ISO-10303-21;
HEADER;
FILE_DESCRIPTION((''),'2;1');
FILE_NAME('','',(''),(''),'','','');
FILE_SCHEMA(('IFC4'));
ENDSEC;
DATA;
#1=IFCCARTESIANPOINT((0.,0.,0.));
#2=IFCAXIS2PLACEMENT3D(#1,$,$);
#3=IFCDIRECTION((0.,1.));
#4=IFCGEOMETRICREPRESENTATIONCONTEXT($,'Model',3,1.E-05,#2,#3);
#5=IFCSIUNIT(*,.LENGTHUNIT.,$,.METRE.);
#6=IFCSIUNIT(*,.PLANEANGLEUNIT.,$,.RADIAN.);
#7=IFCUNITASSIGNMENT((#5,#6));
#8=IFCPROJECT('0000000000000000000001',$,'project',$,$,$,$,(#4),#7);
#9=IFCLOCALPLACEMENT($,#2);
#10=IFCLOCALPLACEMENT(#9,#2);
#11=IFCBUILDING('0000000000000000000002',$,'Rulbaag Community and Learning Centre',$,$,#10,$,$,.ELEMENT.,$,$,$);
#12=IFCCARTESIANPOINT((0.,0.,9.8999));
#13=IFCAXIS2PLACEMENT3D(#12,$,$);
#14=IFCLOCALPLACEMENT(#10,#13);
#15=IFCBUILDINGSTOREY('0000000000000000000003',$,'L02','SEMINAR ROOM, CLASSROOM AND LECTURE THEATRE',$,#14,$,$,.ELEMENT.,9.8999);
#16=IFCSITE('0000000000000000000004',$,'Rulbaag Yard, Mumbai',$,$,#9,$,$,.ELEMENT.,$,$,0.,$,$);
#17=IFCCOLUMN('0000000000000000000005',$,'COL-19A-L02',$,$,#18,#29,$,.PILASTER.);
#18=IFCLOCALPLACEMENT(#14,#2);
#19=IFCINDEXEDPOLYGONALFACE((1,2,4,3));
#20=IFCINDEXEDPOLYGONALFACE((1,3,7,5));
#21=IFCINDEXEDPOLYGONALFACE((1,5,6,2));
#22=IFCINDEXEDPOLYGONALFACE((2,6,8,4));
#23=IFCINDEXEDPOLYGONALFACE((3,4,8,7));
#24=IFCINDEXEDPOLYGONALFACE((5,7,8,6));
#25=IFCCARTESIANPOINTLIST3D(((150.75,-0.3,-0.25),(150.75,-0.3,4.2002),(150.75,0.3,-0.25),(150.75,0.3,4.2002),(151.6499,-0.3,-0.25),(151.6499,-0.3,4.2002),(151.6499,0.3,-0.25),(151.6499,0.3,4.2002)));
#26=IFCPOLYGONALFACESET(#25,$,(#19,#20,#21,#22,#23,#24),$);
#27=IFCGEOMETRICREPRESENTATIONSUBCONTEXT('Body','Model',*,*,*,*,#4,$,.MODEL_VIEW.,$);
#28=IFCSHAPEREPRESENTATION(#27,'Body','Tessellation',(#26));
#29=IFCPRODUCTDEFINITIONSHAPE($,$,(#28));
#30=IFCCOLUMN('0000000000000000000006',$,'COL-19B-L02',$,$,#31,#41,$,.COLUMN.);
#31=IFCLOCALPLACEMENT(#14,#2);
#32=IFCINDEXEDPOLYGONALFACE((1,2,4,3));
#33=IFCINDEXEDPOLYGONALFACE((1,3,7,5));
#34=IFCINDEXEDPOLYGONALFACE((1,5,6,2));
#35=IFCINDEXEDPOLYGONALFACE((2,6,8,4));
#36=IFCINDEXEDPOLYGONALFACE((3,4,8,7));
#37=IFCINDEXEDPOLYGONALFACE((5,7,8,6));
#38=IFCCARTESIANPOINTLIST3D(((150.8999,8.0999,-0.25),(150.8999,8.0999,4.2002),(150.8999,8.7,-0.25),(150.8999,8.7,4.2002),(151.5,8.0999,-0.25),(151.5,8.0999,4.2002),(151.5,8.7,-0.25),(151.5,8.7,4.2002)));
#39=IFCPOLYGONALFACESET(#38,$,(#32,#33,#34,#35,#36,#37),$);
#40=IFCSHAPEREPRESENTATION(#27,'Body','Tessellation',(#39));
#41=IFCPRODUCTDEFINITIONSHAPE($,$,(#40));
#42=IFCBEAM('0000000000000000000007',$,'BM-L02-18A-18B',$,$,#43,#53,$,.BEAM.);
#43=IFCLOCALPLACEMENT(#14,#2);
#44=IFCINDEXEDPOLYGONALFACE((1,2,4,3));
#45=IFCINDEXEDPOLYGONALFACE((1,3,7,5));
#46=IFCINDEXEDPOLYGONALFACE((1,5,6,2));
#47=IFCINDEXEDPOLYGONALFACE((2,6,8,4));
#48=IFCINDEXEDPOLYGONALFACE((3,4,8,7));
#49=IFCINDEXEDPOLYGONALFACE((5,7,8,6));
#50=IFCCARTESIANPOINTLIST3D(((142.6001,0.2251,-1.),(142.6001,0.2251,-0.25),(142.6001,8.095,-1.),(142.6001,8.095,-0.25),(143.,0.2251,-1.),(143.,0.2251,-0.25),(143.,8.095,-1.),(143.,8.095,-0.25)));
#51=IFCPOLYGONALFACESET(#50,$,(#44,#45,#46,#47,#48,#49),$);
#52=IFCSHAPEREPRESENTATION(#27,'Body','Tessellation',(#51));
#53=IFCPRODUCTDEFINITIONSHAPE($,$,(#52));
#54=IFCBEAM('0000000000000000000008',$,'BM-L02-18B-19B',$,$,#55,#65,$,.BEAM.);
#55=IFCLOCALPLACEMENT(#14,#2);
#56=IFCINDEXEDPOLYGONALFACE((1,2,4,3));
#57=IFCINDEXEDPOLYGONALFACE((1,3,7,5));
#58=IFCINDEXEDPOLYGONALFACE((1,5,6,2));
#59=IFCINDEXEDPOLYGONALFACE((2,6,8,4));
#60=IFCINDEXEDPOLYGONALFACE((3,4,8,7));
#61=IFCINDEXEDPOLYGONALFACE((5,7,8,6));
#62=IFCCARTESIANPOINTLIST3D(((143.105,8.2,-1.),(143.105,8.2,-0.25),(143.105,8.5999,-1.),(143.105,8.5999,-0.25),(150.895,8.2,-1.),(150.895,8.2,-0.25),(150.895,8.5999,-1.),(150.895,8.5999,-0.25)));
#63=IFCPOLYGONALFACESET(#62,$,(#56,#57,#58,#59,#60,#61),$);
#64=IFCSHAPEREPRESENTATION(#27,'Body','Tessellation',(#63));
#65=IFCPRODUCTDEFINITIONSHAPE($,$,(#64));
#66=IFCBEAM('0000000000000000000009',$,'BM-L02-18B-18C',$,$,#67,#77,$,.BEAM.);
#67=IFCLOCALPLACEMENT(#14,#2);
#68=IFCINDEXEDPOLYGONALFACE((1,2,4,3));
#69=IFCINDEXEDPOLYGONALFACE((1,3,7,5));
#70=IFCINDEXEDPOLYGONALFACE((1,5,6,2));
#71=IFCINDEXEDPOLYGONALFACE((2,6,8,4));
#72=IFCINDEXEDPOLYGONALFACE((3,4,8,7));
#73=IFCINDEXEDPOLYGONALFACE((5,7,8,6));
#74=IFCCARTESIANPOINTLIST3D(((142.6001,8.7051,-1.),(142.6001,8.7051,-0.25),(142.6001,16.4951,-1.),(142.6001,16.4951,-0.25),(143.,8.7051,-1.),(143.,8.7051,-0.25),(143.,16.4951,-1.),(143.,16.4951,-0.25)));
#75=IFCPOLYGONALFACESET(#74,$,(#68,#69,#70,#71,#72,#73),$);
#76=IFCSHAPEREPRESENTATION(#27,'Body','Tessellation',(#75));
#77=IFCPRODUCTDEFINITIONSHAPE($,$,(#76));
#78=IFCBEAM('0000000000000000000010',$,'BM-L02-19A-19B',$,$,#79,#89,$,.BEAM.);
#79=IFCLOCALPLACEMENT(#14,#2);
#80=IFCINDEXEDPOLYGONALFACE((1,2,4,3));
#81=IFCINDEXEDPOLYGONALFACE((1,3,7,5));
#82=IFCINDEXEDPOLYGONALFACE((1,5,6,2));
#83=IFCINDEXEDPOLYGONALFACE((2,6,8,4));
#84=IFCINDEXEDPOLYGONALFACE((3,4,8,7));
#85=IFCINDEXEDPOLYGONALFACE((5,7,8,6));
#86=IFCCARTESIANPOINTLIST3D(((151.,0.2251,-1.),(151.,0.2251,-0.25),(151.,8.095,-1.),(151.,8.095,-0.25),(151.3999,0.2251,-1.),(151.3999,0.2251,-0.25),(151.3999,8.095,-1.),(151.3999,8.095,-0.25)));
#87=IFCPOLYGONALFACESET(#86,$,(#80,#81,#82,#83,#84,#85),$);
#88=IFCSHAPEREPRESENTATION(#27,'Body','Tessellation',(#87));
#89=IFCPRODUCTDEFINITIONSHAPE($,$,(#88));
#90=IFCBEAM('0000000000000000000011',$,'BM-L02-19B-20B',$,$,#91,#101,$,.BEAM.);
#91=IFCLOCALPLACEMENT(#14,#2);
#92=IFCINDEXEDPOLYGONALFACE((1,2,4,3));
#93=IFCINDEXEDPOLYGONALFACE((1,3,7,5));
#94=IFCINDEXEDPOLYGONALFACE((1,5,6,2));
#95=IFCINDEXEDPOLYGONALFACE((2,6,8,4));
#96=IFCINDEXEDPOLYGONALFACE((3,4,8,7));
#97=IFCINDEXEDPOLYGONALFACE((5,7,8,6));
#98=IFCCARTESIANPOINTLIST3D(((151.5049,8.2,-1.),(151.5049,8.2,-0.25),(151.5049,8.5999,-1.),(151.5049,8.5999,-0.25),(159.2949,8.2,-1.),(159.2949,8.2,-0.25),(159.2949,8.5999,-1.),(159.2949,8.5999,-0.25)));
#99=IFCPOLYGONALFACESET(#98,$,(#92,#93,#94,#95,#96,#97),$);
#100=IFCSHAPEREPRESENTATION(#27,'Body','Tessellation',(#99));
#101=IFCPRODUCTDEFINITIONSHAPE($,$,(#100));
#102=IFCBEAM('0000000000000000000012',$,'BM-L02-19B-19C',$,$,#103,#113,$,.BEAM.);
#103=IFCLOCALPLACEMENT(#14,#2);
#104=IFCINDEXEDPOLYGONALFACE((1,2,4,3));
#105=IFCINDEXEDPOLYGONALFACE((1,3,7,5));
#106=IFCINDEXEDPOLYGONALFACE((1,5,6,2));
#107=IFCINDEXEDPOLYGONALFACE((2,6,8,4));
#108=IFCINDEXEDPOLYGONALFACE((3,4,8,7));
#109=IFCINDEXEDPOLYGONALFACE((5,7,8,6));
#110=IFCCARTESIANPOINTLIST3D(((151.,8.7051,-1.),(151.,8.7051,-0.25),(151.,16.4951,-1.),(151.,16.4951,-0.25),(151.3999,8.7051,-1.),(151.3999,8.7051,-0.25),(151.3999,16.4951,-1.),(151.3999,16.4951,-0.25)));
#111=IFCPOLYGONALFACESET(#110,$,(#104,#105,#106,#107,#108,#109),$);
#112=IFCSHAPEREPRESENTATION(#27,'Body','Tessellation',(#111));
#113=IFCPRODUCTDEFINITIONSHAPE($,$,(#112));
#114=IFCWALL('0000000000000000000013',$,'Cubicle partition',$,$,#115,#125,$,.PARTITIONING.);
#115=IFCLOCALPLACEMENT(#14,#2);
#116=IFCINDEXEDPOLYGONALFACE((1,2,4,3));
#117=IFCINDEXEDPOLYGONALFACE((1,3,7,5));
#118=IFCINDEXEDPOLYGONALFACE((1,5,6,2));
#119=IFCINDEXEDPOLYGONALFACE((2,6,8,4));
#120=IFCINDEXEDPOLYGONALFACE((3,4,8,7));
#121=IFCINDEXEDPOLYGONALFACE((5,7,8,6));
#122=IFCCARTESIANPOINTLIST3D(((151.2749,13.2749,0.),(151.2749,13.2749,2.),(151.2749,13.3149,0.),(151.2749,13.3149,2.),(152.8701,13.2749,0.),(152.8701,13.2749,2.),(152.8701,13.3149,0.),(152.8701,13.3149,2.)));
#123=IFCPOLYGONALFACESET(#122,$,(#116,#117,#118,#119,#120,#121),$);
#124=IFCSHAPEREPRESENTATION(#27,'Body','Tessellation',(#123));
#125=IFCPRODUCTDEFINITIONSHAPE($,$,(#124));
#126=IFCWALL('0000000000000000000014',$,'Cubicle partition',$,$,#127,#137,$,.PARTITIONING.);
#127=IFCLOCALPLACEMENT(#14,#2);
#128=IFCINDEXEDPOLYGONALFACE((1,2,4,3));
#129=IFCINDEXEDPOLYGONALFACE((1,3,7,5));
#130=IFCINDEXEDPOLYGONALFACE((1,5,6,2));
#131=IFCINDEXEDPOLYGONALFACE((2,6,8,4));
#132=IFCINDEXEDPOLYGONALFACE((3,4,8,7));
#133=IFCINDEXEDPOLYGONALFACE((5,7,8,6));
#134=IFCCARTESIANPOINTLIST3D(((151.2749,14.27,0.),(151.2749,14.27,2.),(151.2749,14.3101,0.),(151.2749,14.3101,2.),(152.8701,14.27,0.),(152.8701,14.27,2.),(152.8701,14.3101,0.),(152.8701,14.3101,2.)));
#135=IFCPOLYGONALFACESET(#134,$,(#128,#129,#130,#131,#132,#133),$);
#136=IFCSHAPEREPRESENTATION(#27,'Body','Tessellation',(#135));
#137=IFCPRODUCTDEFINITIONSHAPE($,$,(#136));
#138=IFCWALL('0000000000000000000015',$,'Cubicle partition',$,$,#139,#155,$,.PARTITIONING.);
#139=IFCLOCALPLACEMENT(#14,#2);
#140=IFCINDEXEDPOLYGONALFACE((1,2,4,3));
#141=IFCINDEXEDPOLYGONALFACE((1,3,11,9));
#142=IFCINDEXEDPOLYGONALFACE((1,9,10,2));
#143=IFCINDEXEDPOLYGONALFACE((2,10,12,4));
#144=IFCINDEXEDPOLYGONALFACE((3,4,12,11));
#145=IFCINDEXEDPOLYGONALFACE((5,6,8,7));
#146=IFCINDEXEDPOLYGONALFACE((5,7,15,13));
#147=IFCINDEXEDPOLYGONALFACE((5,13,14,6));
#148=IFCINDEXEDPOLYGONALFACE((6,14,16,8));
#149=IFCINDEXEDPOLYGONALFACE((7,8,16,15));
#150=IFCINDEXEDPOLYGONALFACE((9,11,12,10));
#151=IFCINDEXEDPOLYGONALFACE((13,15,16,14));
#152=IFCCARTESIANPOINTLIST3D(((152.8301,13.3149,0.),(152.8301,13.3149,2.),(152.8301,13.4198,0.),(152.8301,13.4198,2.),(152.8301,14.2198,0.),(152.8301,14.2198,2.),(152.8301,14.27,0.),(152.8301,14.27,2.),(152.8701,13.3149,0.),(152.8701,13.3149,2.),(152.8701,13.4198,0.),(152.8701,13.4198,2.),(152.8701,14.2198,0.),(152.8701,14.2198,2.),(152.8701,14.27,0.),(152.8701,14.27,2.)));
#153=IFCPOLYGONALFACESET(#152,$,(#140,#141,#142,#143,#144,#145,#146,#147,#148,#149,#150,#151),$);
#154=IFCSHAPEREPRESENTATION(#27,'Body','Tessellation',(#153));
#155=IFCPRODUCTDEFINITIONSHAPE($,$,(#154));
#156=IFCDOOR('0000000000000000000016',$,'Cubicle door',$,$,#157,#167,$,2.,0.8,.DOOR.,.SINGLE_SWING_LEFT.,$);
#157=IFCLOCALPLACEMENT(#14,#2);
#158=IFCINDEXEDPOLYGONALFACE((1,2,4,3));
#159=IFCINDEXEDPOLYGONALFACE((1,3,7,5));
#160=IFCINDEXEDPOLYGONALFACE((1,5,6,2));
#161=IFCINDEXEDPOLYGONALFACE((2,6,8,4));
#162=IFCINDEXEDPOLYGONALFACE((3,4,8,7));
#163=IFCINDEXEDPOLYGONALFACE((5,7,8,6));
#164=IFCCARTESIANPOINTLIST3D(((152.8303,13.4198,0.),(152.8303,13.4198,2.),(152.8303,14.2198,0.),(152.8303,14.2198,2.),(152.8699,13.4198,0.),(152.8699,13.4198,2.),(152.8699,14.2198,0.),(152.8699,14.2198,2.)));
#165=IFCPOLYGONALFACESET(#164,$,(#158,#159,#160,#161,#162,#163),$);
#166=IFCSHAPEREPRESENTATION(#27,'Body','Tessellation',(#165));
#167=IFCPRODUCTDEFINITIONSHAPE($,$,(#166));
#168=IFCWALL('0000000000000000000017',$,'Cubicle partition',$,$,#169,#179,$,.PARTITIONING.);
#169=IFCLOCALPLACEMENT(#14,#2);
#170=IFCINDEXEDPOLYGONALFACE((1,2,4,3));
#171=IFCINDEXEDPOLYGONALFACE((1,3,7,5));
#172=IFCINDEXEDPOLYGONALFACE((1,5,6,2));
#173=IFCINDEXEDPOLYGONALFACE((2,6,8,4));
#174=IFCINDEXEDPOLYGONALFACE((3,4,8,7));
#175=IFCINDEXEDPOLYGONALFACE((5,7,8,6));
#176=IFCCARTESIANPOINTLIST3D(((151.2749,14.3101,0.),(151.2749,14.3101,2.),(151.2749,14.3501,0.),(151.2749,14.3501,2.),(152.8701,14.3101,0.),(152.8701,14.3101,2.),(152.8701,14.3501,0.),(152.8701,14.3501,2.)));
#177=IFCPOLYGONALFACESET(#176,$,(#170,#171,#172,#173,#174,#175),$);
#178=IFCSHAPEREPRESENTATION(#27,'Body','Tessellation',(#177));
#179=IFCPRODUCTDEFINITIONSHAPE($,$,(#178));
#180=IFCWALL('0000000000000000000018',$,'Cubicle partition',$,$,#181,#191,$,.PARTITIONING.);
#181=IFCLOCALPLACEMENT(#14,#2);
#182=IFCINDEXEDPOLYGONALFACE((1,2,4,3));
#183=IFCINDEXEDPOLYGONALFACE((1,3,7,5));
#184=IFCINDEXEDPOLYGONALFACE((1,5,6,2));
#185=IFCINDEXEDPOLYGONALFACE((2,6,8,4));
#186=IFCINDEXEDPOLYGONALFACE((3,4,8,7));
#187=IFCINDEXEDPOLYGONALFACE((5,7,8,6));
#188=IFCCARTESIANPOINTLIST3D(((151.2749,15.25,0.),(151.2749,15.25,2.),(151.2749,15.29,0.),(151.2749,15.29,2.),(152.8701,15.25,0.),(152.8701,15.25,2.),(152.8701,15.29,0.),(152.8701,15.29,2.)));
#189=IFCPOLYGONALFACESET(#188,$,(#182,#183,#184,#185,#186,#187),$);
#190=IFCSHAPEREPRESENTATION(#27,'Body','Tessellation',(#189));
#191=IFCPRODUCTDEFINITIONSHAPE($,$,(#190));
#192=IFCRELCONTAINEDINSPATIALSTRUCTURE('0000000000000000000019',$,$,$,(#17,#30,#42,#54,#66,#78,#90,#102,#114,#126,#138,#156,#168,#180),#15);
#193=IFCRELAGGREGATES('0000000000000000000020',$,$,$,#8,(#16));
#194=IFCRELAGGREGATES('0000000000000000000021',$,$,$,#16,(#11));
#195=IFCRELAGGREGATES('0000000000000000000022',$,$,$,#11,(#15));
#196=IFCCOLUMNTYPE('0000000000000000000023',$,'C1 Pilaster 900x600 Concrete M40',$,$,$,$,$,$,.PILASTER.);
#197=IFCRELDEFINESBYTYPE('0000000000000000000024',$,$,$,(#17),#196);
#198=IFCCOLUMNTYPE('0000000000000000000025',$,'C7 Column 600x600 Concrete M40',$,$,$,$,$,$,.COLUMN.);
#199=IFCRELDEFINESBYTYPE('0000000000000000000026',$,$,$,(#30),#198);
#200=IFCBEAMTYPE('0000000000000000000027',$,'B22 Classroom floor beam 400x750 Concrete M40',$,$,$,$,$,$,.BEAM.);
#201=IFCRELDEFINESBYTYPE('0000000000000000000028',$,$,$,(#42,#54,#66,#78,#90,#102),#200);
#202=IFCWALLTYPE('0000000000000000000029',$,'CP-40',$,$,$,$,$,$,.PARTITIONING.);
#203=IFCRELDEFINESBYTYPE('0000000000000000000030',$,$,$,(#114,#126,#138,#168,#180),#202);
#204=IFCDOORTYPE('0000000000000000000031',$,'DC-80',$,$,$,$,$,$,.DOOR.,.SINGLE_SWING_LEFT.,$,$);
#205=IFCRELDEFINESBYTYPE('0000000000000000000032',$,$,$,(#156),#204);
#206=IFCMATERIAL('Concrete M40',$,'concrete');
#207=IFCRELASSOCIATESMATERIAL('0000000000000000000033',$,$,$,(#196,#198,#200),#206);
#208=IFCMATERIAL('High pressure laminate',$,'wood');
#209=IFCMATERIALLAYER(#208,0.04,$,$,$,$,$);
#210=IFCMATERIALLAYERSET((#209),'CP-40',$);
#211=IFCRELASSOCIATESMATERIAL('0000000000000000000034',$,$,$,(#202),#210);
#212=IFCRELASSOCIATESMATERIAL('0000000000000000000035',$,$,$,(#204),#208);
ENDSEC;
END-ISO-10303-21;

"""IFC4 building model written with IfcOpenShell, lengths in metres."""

from ifc_helpers import new_model, si_unit, direction, frame, frame_2d, origin, origin_2d, place, context, subcontext, project, spatial, rectangle, extrude, material, layer, layer_set, material_profile, profile_set, type_object, element, fill, save


model = new_model("IFC4")

# Units and contexts
model_context = context("Model", 3, precision=1e-05, world=origin(), true_north=direction((0.0, 1.0)))
body_context = subcontext(model_context, "Body", "Model", "MODEL_VIEW")
ifc_project = project(units=[si_unit("LENGTHUNIT", "METRE"), si_unit("PLANEANGLEUNIT", "RADIAN")], contexts=[model_context])

# Site, building, storey
site_placement = place(None, origin())
site = spatial("IfcSite", under=ifc_project, at=site_placement, Name="Rulbaag Yard, Mumbai", CompositionType="ELEMENT", RefElevation=0.0)
building_placement = place(site_placement, origin())
building = spatial("IfcBuilding", under=site, at=building_placement, Name="Rulbaag Community and Learning Centre", CompositionType="ELEMENT")
storey_placement = place(building_placement, frame((0.0, 0.0, 9.8999)))
storey = spatial("IfcBuildingStorey", under=building, at=storey_placement, Name="L02", Description="SEMINAR ROOM, CLASSROOM AND LECTURE THEATRE", CompositionType="ELEMENT", Elevation=9.8999)

# Columns
ifc_material_1 = material(Name="Concrete M40", Category="concrete")
ifc_material_profile_1 = material_profile(ifc_material_1, rectangle(XDim=0.8999, YDim=0.6001, at=origin_2d()), Name="RC900x600")
ifc_profile_set_1 = profile_set([ifc_material_profile_1], Name="Concrete M40")
column_type_1 = type_object("IfcColumnType", Name="C1 Pilaster 900x600 Concrete M40", PredefinedType="PILASTER", material=ifc_profile_set_1)
column_1_placement = place(storey_placement, frame((151.2, 0.0, -0.25), z_axis=(0.0, 0.0, 1.0), x_axis=(1.0, 0.0, 0.0)))
element("IfcColumn", 1, at=column_1_placement, inside=storey, type_object=column_type_1, Name="COL-19A-L02", PredefinedType="PILASTER", context=body_context, shape_type="SweptSolid", body=[
    extrude(rectangle(XDim=0.8999, YDim=0.6001, at=origin_2d()), origin(), (0.0, 0.0, 1.0), 4.4502),
])
ifc_material_profile_2 = material_profile(ifc_material_1, rectangle(XDim=0.6001, YDim=0.6001, at=origin_2d()), Name="RC600x600")
ifc_profile_set_2 = profile_set([ifc_material_profile_2], Name="Concrete M40")
column_type_2 = type_object("IfcColumnType", Name="C7 Column 600x600 Concrete M40", PredefinedType="COLUMN", material=ifc_profile_set_2)
column_2_placement = place(storey_placement, frame((151.2, 8.3999, -0.25), z_axis=(0.0, 0.0, 1.0), x_axis=(1.0, 0.0, 0.0)))
element("IfcColumn", 2, at=column_2_placement, inside=storey, type_object=column_type_2, Name="COL-19B-L02", PredefinedType="COLUMN", context=body_context, shape_type="SweptSolid", body=[
    extrude(rectangle(XDim=0.6001, YDim=0.6001, at=origin_2d()), origin(), (0.0, 0.0, 1.0), 4.4502),
])

# Beams
ifc_material_profile_3 = material_profile(ifc_material_1, rectangle(XDim=0.3999, YDim=0.75, at=origin_2d()), Name="RB400x750")
ifc_profile_set_3 = profile_set([ifc_material_profile_3], Name="Concrete M40")
beam_type = type_object("IfcBeamType", Name="B22 Classroom floor beam 400x750 Concrete M40", PredefinedType="BEAM", material=ifc_profile_set_3)
beam_1_placement = place(storey_placement, frame((142.8, 0.2251, -0.625), z_axis=(0.0, 1.0, 0.0), x_axis=(-1.0, 0.0, 0.0)))
element("IfcBeam", 3, at=beam_1_placement, inside=storey, type_object=beam_type, Name="BM-L02-18A-18B", PredefinedType="BEAM", context=body_context, shape_type="SweptSolid", body=[
    extrude(rectangle(XDim=0.3999, YDim=0.75, at=origin_2d()), origin(), (0.0, 0.0, 1.0), 7.8699),
])
for number, where, z_axis, x_axis, name in (
    (4, (143.105, 8.3999, -0.625), (1.0, 0.0, 0.0), (0.0, 1.0, 0.0), "BM-L02-18B-19B"),
    (5, (142.8, 8.7051, -0.625), (0.0, 1.0, 0.0), (-1.0, 0.0, 0.0), "BM-L02-18B-18C"),
):
    element("IfcBeam", number, at=place(storey_placement, frame(where, z_axis=z_axis, x_axis=x_axis)), inside=storey, type_object=beam_type, Name=name, PredefinedType="BEAM", context=body_context, shape_type="SweptSolid", body=[
        extrude(rectangle(XDim=0.3999, YDim=0.75, at=origin_2d()), origin(), (0.0, 0.0, 1.0), 7.79),
    ])
beam_2_placement = place(storey_placement, frame((151.2, 0.2251, -0.625), z_axis=(0.0, 1.0, 0.0), x_axis=(-1.0, 0.0, 0.0)))
element("IfcBeam", 6, at=beam_2_placement, inside=storey, type_object=beam_type, Name="BM-L02-19A-19B", PredefinedType="BEAM", context=body_context, shape_type="SweptSolid", body=[
    extrude(rectangle(XDim=0.3999, YDim=0.75, at=origin_2d()), origin(), (0.0, 0.0, 1.0), 7.8699),
])
for number, where, z_axis, x_axis, name in (
    (7, (151.5049, 8.3999, -0.625), (1.0, 0.0, 0.0), (0.0, 1.0, 0.0), "BM-L02-19B-20B"),
    (8, (151.2, 8.7051, -0.625), (0.0, 1.0, 0.0), (-1.0, 0.0, 0.0), "BM-L02-19B-19C"),
):
    element("IfcBeam", number, at=place(storey_placement, frame(where, z_axis=z_axis, x_axis=x_axis)), inside=storey, type_object=beam_type, Name=name, PredefinedType="BEAM", context=body_context, shape_type="SweptSolid", body=[
        extrude(rectangle(XDim=0.3999, YDim=0.75, at=origin_2d()), origin(), (0.0, 0.0, 1.0), 7.79),
    ])

# Walls
ifc_material_2 = material(Name="High pressure laminate", Category="wood")
ifc_layer_1 = layer(ifc_material_2, 0.04)
ifc_layer_set_1 = layer_set([ifc_layer_1], Name="CP-40")
wall_type_1 = type_object("IfcWallType", Name="CP-40", PredefinedType="PARTITIONING", material=ifc_layer_set_1)
for number, where, z_axis, x_axis, name in (
    (9, (151.2749, 13.2949, 0.0), (0.0, 0.0, 1.0), (1.0, 0.0, 0.0), "Cubicle partition"),
    (10, (151.2749, 14.29, 0.0), (0.0, 0.0, 1.0), (1.0, 0.0, 0.0), "Cubicle partition"),
):
    element("IfcWall", number, at=place(storey_placement, frame(where, z_axis=z_axis, x_axis=x_axis)), inside=storey, type_object=wall_type_1, Name=name, PredefinedType="PARTITIONING", context=body_context, shape_type="SweptSolid", body=[
        extrude(rectangle(XDim=1.5952, YDim=0.04, at=frame_2d((0.7976, 0.0))), origin(), (0.0, 0.0, 1.0), 2.0),
    ])

# Wall, opening, door
wall_1_placement = place(storey_placement, frame((152.8501, 13.3149, 0.0), z_axis=(0.0, 0.0, 1.0), x_axis=(0.0, 1.0, 0.0)))
wall_1 = element("IfcWall", 11, at=wall_1_placement, inside=storey, type_object=wall_type_1, Name="Cubicle partition", PredefinedType="PARTITIONING", context=body_context, shape_type="SweptSolid", body=[
    extrude(rectangle(XDim=0.9551, YDim=0.04, at=frame_2d((0.4775, 0.0))), origin(), (0.0, 0.0, 1.0), 2.0),
])
opening_1_placement = place(wall_1_placement, frame((0.105, 0.0, 0.0)))
opening_1 = element("IfcOpeningElement", 12, at=opening_1_placement, cuts=wall_1, PredefinedType="OPENING", context=body_context, shape_type="SweptSolid", body=[
    extrude(rectangle(XDim=0.8, YDim=2.0, at=frame_2d((0.3999, 1.0))), frame((0.0, 0.03, 0.0), z_axis=(0.0, -1.0, 0.0), x_axis=(1.0, 0.0, 0.0)), (0.0, 0.0, 1.0), 0.0601),
])
door_type_1 = type_object("IfcDoorType", Name="DC-80", OperationType="SINGLE_SWING_LEFT", PredefinedType="DOOR", material=ifc_material_2)
door_1_placement = place(opening_1_placement, origin())
door_1 = element("IfcDoor", 13, at=door_1_placement, inside=storey, type_object=door_type_1, Name="Cubicle door", OperationType="SINGLE_SWING_LEFT", OverallHeight=2.0, OverallWidth=0.8, PredefinedType="DOOR", context=body_context, shape_type="SweptSolid", body=[
    extrude(rectangle(XDim=0.8, YDim=2.0, at=frame_2d((0.3999, 1.0))), frame((0.0, 0.0198, 0.0), z_axis=(0.0, -1.0, 0.0), x_axis=(1.0, 0.0, 0.0)), (0.0, 0.0, 1.0), 0.0396),
])
fill(opening_1, door_1)

# Walls
for number, where, z_axis, x_axis, name in (
    (14, (151.2749, 14.3301, 0.0), (0.0, 0.0, 1.0), (1.0, 0.0, 0.0), "Cubicle partition"),
    (15, (151.2749, 15.27, 0.0), (0.0, 0.0, 1.0), (1.0, 0.0, 0.0), "Cubicle partition"),
):
    element("IfcWall", number, at=place(storey_placement, frame(where, z_axis=z_axis, x_axis=x_axis)), inside=storey, type_object=wall_type_1, Name=name, PredefinedType="PARTITIONING", context=body_context, shape_type="SweptSolid", body=[
        extrude(rectangle(XDim=1.5952, YDim=0.04, at=frame_2d((0.7976, 0.0))), origin(), (0.0, 0.0, 1.0), 2.0),
    ])

save(model, "model.ifc")
